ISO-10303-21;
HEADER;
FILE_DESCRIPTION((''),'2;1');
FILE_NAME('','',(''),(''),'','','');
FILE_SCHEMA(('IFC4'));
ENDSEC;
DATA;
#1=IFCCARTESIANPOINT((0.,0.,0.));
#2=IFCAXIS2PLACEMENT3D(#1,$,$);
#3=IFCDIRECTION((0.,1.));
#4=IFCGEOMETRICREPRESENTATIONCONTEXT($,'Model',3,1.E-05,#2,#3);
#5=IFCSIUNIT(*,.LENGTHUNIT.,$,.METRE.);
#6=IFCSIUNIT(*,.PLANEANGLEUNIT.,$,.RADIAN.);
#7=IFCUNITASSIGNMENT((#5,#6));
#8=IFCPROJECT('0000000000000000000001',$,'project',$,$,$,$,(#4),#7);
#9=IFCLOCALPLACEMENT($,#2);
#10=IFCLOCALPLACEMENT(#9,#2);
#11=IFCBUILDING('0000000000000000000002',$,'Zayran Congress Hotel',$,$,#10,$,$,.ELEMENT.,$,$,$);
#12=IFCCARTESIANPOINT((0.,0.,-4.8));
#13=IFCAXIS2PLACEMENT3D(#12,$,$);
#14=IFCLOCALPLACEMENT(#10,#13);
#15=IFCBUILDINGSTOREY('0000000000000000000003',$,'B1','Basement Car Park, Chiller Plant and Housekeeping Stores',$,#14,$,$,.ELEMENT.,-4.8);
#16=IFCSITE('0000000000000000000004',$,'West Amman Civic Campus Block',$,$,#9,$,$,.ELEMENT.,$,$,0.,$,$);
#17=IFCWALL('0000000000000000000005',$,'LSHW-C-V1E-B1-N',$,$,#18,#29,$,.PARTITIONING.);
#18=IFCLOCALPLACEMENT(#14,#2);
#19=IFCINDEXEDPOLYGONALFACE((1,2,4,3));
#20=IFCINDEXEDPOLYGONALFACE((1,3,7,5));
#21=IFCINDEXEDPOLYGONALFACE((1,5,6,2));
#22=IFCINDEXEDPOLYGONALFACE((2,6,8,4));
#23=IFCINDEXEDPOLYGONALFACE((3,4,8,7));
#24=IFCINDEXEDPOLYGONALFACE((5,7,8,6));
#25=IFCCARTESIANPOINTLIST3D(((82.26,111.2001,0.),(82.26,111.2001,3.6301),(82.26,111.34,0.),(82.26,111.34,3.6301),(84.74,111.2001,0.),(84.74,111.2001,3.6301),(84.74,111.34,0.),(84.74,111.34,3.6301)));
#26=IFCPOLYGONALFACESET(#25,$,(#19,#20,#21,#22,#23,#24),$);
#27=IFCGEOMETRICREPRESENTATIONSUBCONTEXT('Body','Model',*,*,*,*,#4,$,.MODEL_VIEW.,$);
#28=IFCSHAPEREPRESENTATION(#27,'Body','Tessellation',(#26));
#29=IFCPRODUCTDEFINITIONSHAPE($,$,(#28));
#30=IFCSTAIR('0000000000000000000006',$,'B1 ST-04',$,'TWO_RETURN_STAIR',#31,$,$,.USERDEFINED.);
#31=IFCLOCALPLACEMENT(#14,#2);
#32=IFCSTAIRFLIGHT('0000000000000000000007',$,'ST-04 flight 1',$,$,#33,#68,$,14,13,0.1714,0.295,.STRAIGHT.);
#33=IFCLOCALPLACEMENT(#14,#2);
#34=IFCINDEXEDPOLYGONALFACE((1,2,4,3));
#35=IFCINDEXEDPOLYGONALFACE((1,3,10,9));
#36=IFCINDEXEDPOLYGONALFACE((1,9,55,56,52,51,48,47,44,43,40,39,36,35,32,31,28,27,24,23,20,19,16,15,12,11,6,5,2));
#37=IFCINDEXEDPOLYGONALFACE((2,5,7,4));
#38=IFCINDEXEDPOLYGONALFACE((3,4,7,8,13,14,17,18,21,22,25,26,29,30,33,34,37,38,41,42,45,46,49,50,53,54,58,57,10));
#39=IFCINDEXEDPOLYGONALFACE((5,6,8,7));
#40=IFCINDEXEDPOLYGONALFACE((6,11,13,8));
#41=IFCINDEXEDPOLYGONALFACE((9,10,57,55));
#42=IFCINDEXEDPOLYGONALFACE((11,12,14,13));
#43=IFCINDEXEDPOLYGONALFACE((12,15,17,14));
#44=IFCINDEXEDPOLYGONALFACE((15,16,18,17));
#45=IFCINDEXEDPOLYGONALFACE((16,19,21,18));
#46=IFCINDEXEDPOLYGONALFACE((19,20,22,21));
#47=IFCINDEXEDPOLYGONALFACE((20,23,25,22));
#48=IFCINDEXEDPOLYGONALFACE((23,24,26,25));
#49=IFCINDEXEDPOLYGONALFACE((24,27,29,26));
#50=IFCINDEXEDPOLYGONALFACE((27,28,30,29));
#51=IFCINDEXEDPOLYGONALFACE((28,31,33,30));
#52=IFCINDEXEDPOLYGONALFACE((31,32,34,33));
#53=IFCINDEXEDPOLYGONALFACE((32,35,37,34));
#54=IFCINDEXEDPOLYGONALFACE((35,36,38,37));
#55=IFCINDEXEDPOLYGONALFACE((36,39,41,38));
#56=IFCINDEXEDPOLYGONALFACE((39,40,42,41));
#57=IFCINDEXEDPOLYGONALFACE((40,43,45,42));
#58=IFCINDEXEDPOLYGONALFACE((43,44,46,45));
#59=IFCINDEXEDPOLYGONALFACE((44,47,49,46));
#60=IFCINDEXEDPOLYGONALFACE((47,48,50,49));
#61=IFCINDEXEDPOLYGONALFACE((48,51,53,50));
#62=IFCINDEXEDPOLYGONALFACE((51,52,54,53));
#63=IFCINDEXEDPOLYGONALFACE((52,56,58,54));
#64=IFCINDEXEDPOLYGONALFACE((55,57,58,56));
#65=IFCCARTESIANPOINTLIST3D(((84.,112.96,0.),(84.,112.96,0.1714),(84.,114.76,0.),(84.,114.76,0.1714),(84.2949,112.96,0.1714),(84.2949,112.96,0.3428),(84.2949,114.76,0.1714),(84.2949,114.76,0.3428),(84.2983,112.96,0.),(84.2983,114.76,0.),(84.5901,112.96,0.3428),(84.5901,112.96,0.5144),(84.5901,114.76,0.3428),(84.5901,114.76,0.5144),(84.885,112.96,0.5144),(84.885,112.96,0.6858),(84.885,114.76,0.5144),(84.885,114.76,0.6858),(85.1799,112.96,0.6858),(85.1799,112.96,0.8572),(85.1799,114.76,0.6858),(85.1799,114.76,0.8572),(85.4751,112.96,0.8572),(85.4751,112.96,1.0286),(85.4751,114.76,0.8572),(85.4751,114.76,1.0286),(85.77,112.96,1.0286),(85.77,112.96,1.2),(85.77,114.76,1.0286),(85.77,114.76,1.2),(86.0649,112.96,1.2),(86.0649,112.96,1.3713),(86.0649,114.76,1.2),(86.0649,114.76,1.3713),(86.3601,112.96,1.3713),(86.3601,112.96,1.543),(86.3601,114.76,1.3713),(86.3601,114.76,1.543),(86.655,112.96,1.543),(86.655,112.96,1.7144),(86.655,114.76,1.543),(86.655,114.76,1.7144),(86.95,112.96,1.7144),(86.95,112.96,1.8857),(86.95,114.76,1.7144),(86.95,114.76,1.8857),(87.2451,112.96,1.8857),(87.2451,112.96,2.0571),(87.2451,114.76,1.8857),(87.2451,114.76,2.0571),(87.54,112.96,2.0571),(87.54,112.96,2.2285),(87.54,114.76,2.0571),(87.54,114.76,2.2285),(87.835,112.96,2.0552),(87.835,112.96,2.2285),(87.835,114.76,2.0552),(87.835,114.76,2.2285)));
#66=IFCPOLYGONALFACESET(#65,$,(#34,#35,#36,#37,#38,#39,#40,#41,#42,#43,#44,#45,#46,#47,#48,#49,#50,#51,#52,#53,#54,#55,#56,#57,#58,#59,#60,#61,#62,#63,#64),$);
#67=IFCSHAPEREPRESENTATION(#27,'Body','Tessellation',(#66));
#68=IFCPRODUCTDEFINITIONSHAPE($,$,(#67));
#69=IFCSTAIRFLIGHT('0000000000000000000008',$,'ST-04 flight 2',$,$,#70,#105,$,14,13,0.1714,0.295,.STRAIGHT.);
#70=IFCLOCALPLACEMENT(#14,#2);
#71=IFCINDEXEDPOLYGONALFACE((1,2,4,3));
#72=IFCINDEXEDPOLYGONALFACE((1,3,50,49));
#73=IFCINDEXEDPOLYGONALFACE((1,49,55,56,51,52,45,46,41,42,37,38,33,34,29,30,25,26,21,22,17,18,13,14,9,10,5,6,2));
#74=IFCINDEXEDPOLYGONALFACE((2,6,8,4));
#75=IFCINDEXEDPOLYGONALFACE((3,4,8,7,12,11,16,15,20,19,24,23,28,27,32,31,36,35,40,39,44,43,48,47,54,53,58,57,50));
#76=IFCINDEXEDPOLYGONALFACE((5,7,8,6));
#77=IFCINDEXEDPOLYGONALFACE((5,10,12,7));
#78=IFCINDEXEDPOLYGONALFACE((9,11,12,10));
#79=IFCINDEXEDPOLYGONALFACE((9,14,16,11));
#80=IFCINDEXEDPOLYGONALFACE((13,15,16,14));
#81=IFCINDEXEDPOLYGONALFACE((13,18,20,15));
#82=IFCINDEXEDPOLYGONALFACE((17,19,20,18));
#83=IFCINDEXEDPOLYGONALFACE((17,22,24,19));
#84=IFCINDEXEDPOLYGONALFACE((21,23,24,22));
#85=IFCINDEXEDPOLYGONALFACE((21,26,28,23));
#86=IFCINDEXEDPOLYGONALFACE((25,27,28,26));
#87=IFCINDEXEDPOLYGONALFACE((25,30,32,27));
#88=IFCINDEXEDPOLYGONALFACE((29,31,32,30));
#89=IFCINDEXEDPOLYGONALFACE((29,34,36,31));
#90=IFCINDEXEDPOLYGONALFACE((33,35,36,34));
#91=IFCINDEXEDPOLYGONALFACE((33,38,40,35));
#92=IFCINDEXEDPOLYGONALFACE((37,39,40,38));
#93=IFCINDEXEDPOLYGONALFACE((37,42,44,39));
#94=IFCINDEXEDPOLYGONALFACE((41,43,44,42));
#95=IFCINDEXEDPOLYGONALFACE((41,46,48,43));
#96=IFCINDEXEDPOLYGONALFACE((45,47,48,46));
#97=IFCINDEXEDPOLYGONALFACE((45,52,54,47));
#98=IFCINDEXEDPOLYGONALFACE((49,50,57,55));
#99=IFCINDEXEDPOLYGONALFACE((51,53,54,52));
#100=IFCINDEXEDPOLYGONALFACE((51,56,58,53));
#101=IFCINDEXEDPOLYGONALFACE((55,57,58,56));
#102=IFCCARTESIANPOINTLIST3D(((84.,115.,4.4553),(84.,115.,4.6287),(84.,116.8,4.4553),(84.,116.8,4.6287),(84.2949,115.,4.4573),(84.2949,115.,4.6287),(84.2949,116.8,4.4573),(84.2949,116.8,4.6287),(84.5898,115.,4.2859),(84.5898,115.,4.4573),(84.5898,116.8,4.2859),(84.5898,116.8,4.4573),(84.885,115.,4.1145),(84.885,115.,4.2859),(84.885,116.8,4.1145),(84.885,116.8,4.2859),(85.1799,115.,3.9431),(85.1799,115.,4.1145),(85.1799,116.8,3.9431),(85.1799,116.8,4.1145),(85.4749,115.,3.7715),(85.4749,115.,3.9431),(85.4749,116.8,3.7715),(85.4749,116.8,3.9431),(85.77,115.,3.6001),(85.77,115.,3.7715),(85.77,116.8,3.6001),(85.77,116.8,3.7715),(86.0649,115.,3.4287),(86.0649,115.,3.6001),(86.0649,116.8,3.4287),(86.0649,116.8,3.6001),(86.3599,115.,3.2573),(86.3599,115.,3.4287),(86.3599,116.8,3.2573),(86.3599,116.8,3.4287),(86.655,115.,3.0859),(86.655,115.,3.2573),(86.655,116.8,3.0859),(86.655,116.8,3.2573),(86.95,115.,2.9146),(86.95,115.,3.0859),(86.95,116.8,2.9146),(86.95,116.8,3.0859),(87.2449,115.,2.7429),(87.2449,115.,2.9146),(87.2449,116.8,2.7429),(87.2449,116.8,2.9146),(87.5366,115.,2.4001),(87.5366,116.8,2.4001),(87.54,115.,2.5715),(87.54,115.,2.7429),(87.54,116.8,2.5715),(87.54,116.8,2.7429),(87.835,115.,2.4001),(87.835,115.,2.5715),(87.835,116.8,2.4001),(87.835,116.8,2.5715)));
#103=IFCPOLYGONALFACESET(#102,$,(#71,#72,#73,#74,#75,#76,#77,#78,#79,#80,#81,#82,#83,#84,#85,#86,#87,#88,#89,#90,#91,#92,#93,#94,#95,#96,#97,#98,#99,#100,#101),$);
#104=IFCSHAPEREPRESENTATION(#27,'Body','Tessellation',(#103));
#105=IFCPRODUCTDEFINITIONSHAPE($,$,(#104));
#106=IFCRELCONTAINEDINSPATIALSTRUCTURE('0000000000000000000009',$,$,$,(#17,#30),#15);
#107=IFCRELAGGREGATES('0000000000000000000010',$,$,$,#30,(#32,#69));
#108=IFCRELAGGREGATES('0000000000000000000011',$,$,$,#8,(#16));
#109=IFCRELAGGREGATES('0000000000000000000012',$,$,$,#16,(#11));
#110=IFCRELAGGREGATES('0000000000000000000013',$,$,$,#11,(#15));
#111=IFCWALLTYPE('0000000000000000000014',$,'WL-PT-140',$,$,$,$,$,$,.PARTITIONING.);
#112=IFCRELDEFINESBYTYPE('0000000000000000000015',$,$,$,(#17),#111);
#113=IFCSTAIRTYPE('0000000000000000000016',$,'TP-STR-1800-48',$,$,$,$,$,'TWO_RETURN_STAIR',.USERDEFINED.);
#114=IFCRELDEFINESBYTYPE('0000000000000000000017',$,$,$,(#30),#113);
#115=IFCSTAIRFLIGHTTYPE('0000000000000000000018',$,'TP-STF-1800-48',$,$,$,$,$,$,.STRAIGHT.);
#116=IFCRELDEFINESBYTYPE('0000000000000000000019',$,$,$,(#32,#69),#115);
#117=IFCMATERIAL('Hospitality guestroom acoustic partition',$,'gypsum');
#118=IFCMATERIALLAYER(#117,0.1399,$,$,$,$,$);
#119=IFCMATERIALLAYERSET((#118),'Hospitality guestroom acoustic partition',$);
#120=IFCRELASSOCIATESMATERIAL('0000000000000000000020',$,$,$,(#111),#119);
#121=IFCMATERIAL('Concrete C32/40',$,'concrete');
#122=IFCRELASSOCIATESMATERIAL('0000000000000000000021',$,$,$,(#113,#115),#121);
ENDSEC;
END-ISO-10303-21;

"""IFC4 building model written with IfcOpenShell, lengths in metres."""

from ifc_helpers import new_model, si_unit, direction, frame, frame_2d, origin, place, context, subcontext, project, spatial, polyline, rectangle, outline, extrude, material, layer, layer_set, type_object, element, aggregate, save


model = new_model("IFC4")

# Units and contexts
model_context = context("Model", 3, precision=1e-05, world=origin(), true_north=direction((0.0, 1.0)))
body_context = subcontext(model_context, "Body", "Model", "MODEL_VIEW")
ifc_project = project(units=[si_unit("LENGTHUNIT", "METRE"), si_unit("PLANEANGLEUNIT", "RADIAN")], contexts=[model_context])

# Site, building, storey
site_placement = place(None, origin())
site = spatial("IfcSite", under=ifc_project, at=site_placement, Name="West Amman Civic Campus Block", CompositionType="ELEMENT", RefElevation=0.0)
building_placement = place(site_placement, origin())
building = spatial("IfcBuilding", under=site, at=building_placement, Name="Zayran Congress Hotel", CompositionType="ELEMENT")
storey_placement = place(building_placement, frame((0.0, 0.0, -4.8)))
storey = spatial("IfcBuildingStorey", under=building, at=storey_placement, Name="B1", Description="Basement Car Park, Chiller Plant and Housekeeping Stores", CompositionType="ELEMENT", Elevation=-4.8)

# Wall
ifc_material_1 = material(Name="Hospitality guestroom acoustic partition", Category="gypsum")
ifc_layer_1 = layer(ifc_material_1, 0.1399)
ifc_layer_set_1 = layer_set([ifc_layer_1], Name="Hospitality guestroom acoustic partition")
wall_type_1 = type_object("IfcWallType", Name="WL-PT-140", PredefinedType="PARTITIONING", material=ifc_layer_set_1)
wall_1_placement = place(storey_placement, frame((82.26, 111.27, 0.0), z_axis=(0.0, 0.0, 1.0), x_axis=(1.0, 0.0, 0.0)))
element("IfcWall", 1, at=wall_1_placement, inside=storey, type_object=wall_type_1, Name="LSHW-C-V1E-B1-N", PredefinedType="PARTITIONING", context=body_context, shape_type="SweptSolid", body=[
    extrude(rectangle(XDim=2.48, YDim=0.1399, at=frame_2d((1.24, 0.0))), origin(), (0.0, 0.0, 1.0), 3.6301),
])

# Stair, stair flights
ifc_material_2 = material(Name="Concrete C32/40", Category="concrete")
stair_type = type_object("IfcStairType", Name="TP-STR-1800-48", ElementType="TWO_RETURN_STAIR", PredefinedType="USERDEFINED", material=ifc_material_2)
stair_placement = place(storey_placement, origin())
stair = element("IfcStair", 2, at=stair_placement, inside=storey, type_object=stair_type, Name="B1 ST-04", ObjectType="TWO_RETURN_STAIR", PredefinedType="USERDEFINED")
stair_flight_type = type_object("IfcStairFlightType", Name="TP-STF-1800-48", PredefinedType="STRAIGHT", material=ifc_material_2)
stair_flight_1_placement = place(storey_placement, frame((84.0, 113.8601, 0.0), z_axis=(0.0, 0.0, 1.0), x_axis=(1.0, 0.0, 0.0)))
stair_flight_1 = element("IfcStairFlight", 3, at=stair_flight_1_placement, type_object=stair_flight_type, Name="ST-04 flight 1", NumberOfRisers=14, NumberOfTreads=13, PredefinedType="STRAIGHT", RiserHeight=0.1714, TreadLength=0.295, context=body_context, shape_type="SweptSolid", body=[
    extrude(outline(polyline([(0.0, 0.0), (0.0, 0.1714), (0.2949, 0.1714), (0.2949, 0.3428), (0.5901, 0.3428), (0.5901, 0.5144), (0.885, 0.5144), (0.885, 0.6858), (1.1799, 0.6858), (1.1799, 0.8572), (1.4751, 0.8572), (1.4751, 1.0286), (1.77, 1.0286), (1.77, 1.2), (2.0649, 1.2), (2.0649, 1.3713), (2.3601, 1.3713), (2.3601, 1.543), (2.655, 1.543), (2.655, 1.7144), (2.95, 1.7144), (2.95, 1.8857), (3.2451, 1.8857), (3.2451, 2.0571), (3.54, 2.0571), (3.54, 2.2285), (3.835, 2.2285), (3.835, 2.3999), (3.835, 2.0552), (0.2983, 0.0), (0.0, 0.0)])), frame((0.0, 0.8999, 0.0), z_axis=(0.0, -1.0, 0.0), x_axis=(1.0, 0.0, 0.0)), (0.0, 0.0, 1.0), 1.8),
])
stair_flight_2_placement = place(storey_placement, frame((87.835, 115.8999, 2.4001), z_axis=(0.0, 0.0, 1.0), x_axis=(-1.0, 0.0, 0.0)))
stair_flight_2 = element("IfcStairFlight", 4, at=stair_flight_2_placement, type_object=stair_flight_type, Name="ST-04 flight 2", NumberOfRisers=14, NumberOfTreads=13, PredefinedType="STRAIGHT", RiserHeight=0.1714, TreadLength=0.295, context=body_context, shape_type="SweptSolid", body=[
    extrude(outline(polyline([(0.0, 0.0), (0.0, 0.1714), (0.2949, 0.1714), (0.2949, 0.3428), (0.5901, 0.3428), (0.5901, 0.5144), (0.885, 0.5144), (0.885, 0.6858), (1.1799, 0.6858), (1.1799, 0.8572), (1.4751, 0.8572), (1.4751, 1.0286), (1.77, 1.0286), (1.77, 1.2), (2.0649, 1.2), (2.0649, 1.3713), (2.3601, 1.3713), (2.3601, 1.543), (2.655, 1.543), (2.655, 1.7144), (2.95, 1.7144), (2.95, 1.8857), (3.2451, 1.8857), (3.2451, 2.0571), (3.54, 2.0571), (3.54, 2.2285), (3.835, 2.2285), (3.835, 2.3999), (3.835, 2.0552), (0.2983, 0.0), (0.0, 0.0)])), frame((0.0, 0.8999, 0.0), z_axis=(0.0, -1.0, 0.0), x_axis=(1.0, 0.0, 0.0)), (0.0, 0.0, 1.0), 1.8),
])
aggregate(stair, [stair_flight_1, stair_flight_2])

save(model, "model.ifc")
